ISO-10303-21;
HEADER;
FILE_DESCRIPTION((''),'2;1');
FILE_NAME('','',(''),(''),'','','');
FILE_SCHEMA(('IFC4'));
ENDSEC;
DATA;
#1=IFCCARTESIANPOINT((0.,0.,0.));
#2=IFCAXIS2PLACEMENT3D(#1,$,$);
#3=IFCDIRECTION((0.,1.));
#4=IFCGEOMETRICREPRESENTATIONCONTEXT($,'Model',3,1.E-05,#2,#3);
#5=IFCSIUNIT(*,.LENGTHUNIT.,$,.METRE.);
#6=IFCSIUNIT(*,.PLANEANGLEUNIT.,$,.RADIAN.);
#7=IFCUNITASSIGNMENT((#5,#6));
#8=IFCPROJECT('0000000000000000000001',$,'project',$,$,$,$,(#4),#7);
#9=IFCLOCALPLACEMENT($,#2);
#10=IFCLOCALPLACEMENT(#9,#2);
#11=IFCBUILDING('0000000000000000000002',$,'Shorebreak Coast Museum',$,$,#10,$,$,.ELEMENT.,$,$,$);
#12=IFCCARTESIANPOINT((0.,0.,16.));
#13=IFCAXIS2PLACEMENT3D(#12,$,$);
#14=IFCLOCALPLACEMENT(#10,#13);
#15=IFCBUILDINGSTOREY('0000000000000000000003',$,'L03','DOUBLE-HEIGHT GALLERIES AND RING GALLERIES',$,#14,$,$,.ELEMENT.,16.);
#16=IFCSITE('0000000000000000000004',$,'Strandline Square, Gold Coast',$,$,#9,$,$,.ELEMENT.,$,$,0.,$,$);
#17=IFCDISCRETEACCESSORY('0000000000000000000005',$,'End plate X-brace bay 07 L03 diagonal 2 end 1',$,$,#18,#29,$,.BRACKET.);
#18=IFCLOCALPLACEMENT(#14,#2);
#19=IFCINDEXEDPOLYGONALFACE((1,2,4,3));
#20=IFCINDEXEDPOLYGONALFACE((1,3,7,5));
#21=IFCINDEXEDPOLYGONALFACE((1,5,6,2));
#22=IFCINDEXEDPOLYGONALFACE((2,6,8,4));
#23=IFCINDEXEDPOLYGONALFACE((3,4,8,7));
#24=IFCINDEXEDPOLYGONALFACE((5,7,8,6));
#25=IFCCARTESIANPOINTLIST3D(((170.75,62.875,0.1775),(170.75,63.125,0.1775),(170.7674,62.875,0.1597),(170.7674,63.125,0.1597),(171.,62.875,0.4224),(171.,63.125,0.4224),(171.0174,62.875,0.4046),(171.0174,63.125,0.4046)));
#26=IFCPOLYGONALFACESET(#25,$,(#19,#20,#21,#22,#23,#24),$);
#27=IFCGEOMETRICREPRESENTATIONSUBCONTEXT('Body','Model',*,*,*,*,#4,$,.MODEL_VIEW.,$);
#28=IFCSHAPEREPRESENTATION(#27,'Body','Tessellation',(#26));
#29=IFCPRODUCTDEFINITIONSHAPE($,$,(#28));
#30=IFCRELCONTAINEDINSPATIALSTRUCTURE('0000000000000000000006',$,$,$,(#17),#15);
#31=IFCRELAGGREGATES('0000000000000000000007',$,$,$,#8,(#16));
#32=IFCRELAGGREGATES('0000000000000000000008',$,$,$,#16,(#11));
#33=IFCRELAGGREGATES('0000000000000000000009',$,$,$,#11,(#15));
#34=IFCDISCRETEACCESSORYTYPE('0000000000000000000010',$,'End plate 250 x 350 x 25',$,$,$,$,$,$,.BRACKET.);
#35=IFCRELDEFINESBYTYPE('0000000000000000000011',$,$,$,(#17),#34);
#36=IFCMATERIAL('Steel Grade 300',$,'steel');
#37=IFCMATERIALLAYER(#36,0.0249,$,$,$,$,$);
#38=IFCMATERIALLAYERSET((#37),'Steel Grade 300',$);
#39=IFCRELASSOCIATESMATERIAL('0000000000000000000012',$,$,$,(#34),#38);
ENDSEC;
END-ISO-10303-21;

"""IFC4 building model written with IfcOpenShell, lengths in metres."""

from ifc_helpers import new_model, si_unit, direction, frame, origin, place, context, subcontext, project, spatial, polyline, outline, extrude, material, layer, layer_set, type_object, element, save


model = new_model("IFC4")

# Units and contexts
model_context = context("Model", 3, precision=1e-05, world=origin(), true_north=direction((0.0, 1.0)))
body_context = subcontext(model_context, "Body", "Model", "MODEL_VIEW")
ifc_project = project(units=[si_unit("LENGTHUNIT", "METRE"), si_unit("PLANEANGLEUNIT", "RADIAN")], contexts=[model_context])

# Site, building, storey
site_placement = place(None, origin())
site = spatial("IfcSite", under=ifc_project, at=site_placement, Name="Strandline Square, Gold Coast", CompositionType="ELEMENT", RefElevation=0.0)
building_placement = place(site_placement, origin())
building = spatial("IfcBuilding", under=site, at=building_placement, Name="Shorebreak Coast Museum", CompositionType="ELEMENT")
storey_placement = place(building_placement, frame((0.0, 0.0, 16.0)))
storey = spatial("IfcBuildingStorey", under=building, at=storey_placement, Name="L03", Description="DOUBLE-HEIGHT GALLERIES AND RING GALLERIES", CompositionType="ELEMENT", Elevation=16.0)

# Discrete accessory
ifc_material_1 = material(Name="Steel Grade 300", Category="steel")
ifc_layer_1 = layer(ifc_material_1, 0.0249)
ifc_layer_set_1 = layer_set([ifc_layer_1], Name="Steel Grade 300")
discrete_accessory_type = type_object("IfcDiscreteAccessoryType", Name="End plate 250 x 350 x 25", PredefinedType="BRACKET", material=ifc_layer_set_1)
discrete_accessory_placement = place(storey_placement, frame((170.75, 63.125, 0.1775), z_axis=(-0.699744, 0.0, 0.714394), x_axis=(0.0, -1.0, 0.0)))
element("IfcDiscreteAccessory", 1, at=discrete_accessory_placement, inside=storey, type_object=discrete_accessory_type, Name="End plate X-brace bay 07 L03 diagonal 2 end 1", PredefinedType="BRACKET", context=body_context, shape_type="SweptSolid", body=[
    extrude(outline(polyline([(0.0, 0.0), (0.25, 0.0), (0.25, 0.3499), (0.0, 0.3499), (0.0, 0.0)])), origin(), (0.0, 0.0, -1.0), 0.0249),
])

save(model, "model.ifc")
